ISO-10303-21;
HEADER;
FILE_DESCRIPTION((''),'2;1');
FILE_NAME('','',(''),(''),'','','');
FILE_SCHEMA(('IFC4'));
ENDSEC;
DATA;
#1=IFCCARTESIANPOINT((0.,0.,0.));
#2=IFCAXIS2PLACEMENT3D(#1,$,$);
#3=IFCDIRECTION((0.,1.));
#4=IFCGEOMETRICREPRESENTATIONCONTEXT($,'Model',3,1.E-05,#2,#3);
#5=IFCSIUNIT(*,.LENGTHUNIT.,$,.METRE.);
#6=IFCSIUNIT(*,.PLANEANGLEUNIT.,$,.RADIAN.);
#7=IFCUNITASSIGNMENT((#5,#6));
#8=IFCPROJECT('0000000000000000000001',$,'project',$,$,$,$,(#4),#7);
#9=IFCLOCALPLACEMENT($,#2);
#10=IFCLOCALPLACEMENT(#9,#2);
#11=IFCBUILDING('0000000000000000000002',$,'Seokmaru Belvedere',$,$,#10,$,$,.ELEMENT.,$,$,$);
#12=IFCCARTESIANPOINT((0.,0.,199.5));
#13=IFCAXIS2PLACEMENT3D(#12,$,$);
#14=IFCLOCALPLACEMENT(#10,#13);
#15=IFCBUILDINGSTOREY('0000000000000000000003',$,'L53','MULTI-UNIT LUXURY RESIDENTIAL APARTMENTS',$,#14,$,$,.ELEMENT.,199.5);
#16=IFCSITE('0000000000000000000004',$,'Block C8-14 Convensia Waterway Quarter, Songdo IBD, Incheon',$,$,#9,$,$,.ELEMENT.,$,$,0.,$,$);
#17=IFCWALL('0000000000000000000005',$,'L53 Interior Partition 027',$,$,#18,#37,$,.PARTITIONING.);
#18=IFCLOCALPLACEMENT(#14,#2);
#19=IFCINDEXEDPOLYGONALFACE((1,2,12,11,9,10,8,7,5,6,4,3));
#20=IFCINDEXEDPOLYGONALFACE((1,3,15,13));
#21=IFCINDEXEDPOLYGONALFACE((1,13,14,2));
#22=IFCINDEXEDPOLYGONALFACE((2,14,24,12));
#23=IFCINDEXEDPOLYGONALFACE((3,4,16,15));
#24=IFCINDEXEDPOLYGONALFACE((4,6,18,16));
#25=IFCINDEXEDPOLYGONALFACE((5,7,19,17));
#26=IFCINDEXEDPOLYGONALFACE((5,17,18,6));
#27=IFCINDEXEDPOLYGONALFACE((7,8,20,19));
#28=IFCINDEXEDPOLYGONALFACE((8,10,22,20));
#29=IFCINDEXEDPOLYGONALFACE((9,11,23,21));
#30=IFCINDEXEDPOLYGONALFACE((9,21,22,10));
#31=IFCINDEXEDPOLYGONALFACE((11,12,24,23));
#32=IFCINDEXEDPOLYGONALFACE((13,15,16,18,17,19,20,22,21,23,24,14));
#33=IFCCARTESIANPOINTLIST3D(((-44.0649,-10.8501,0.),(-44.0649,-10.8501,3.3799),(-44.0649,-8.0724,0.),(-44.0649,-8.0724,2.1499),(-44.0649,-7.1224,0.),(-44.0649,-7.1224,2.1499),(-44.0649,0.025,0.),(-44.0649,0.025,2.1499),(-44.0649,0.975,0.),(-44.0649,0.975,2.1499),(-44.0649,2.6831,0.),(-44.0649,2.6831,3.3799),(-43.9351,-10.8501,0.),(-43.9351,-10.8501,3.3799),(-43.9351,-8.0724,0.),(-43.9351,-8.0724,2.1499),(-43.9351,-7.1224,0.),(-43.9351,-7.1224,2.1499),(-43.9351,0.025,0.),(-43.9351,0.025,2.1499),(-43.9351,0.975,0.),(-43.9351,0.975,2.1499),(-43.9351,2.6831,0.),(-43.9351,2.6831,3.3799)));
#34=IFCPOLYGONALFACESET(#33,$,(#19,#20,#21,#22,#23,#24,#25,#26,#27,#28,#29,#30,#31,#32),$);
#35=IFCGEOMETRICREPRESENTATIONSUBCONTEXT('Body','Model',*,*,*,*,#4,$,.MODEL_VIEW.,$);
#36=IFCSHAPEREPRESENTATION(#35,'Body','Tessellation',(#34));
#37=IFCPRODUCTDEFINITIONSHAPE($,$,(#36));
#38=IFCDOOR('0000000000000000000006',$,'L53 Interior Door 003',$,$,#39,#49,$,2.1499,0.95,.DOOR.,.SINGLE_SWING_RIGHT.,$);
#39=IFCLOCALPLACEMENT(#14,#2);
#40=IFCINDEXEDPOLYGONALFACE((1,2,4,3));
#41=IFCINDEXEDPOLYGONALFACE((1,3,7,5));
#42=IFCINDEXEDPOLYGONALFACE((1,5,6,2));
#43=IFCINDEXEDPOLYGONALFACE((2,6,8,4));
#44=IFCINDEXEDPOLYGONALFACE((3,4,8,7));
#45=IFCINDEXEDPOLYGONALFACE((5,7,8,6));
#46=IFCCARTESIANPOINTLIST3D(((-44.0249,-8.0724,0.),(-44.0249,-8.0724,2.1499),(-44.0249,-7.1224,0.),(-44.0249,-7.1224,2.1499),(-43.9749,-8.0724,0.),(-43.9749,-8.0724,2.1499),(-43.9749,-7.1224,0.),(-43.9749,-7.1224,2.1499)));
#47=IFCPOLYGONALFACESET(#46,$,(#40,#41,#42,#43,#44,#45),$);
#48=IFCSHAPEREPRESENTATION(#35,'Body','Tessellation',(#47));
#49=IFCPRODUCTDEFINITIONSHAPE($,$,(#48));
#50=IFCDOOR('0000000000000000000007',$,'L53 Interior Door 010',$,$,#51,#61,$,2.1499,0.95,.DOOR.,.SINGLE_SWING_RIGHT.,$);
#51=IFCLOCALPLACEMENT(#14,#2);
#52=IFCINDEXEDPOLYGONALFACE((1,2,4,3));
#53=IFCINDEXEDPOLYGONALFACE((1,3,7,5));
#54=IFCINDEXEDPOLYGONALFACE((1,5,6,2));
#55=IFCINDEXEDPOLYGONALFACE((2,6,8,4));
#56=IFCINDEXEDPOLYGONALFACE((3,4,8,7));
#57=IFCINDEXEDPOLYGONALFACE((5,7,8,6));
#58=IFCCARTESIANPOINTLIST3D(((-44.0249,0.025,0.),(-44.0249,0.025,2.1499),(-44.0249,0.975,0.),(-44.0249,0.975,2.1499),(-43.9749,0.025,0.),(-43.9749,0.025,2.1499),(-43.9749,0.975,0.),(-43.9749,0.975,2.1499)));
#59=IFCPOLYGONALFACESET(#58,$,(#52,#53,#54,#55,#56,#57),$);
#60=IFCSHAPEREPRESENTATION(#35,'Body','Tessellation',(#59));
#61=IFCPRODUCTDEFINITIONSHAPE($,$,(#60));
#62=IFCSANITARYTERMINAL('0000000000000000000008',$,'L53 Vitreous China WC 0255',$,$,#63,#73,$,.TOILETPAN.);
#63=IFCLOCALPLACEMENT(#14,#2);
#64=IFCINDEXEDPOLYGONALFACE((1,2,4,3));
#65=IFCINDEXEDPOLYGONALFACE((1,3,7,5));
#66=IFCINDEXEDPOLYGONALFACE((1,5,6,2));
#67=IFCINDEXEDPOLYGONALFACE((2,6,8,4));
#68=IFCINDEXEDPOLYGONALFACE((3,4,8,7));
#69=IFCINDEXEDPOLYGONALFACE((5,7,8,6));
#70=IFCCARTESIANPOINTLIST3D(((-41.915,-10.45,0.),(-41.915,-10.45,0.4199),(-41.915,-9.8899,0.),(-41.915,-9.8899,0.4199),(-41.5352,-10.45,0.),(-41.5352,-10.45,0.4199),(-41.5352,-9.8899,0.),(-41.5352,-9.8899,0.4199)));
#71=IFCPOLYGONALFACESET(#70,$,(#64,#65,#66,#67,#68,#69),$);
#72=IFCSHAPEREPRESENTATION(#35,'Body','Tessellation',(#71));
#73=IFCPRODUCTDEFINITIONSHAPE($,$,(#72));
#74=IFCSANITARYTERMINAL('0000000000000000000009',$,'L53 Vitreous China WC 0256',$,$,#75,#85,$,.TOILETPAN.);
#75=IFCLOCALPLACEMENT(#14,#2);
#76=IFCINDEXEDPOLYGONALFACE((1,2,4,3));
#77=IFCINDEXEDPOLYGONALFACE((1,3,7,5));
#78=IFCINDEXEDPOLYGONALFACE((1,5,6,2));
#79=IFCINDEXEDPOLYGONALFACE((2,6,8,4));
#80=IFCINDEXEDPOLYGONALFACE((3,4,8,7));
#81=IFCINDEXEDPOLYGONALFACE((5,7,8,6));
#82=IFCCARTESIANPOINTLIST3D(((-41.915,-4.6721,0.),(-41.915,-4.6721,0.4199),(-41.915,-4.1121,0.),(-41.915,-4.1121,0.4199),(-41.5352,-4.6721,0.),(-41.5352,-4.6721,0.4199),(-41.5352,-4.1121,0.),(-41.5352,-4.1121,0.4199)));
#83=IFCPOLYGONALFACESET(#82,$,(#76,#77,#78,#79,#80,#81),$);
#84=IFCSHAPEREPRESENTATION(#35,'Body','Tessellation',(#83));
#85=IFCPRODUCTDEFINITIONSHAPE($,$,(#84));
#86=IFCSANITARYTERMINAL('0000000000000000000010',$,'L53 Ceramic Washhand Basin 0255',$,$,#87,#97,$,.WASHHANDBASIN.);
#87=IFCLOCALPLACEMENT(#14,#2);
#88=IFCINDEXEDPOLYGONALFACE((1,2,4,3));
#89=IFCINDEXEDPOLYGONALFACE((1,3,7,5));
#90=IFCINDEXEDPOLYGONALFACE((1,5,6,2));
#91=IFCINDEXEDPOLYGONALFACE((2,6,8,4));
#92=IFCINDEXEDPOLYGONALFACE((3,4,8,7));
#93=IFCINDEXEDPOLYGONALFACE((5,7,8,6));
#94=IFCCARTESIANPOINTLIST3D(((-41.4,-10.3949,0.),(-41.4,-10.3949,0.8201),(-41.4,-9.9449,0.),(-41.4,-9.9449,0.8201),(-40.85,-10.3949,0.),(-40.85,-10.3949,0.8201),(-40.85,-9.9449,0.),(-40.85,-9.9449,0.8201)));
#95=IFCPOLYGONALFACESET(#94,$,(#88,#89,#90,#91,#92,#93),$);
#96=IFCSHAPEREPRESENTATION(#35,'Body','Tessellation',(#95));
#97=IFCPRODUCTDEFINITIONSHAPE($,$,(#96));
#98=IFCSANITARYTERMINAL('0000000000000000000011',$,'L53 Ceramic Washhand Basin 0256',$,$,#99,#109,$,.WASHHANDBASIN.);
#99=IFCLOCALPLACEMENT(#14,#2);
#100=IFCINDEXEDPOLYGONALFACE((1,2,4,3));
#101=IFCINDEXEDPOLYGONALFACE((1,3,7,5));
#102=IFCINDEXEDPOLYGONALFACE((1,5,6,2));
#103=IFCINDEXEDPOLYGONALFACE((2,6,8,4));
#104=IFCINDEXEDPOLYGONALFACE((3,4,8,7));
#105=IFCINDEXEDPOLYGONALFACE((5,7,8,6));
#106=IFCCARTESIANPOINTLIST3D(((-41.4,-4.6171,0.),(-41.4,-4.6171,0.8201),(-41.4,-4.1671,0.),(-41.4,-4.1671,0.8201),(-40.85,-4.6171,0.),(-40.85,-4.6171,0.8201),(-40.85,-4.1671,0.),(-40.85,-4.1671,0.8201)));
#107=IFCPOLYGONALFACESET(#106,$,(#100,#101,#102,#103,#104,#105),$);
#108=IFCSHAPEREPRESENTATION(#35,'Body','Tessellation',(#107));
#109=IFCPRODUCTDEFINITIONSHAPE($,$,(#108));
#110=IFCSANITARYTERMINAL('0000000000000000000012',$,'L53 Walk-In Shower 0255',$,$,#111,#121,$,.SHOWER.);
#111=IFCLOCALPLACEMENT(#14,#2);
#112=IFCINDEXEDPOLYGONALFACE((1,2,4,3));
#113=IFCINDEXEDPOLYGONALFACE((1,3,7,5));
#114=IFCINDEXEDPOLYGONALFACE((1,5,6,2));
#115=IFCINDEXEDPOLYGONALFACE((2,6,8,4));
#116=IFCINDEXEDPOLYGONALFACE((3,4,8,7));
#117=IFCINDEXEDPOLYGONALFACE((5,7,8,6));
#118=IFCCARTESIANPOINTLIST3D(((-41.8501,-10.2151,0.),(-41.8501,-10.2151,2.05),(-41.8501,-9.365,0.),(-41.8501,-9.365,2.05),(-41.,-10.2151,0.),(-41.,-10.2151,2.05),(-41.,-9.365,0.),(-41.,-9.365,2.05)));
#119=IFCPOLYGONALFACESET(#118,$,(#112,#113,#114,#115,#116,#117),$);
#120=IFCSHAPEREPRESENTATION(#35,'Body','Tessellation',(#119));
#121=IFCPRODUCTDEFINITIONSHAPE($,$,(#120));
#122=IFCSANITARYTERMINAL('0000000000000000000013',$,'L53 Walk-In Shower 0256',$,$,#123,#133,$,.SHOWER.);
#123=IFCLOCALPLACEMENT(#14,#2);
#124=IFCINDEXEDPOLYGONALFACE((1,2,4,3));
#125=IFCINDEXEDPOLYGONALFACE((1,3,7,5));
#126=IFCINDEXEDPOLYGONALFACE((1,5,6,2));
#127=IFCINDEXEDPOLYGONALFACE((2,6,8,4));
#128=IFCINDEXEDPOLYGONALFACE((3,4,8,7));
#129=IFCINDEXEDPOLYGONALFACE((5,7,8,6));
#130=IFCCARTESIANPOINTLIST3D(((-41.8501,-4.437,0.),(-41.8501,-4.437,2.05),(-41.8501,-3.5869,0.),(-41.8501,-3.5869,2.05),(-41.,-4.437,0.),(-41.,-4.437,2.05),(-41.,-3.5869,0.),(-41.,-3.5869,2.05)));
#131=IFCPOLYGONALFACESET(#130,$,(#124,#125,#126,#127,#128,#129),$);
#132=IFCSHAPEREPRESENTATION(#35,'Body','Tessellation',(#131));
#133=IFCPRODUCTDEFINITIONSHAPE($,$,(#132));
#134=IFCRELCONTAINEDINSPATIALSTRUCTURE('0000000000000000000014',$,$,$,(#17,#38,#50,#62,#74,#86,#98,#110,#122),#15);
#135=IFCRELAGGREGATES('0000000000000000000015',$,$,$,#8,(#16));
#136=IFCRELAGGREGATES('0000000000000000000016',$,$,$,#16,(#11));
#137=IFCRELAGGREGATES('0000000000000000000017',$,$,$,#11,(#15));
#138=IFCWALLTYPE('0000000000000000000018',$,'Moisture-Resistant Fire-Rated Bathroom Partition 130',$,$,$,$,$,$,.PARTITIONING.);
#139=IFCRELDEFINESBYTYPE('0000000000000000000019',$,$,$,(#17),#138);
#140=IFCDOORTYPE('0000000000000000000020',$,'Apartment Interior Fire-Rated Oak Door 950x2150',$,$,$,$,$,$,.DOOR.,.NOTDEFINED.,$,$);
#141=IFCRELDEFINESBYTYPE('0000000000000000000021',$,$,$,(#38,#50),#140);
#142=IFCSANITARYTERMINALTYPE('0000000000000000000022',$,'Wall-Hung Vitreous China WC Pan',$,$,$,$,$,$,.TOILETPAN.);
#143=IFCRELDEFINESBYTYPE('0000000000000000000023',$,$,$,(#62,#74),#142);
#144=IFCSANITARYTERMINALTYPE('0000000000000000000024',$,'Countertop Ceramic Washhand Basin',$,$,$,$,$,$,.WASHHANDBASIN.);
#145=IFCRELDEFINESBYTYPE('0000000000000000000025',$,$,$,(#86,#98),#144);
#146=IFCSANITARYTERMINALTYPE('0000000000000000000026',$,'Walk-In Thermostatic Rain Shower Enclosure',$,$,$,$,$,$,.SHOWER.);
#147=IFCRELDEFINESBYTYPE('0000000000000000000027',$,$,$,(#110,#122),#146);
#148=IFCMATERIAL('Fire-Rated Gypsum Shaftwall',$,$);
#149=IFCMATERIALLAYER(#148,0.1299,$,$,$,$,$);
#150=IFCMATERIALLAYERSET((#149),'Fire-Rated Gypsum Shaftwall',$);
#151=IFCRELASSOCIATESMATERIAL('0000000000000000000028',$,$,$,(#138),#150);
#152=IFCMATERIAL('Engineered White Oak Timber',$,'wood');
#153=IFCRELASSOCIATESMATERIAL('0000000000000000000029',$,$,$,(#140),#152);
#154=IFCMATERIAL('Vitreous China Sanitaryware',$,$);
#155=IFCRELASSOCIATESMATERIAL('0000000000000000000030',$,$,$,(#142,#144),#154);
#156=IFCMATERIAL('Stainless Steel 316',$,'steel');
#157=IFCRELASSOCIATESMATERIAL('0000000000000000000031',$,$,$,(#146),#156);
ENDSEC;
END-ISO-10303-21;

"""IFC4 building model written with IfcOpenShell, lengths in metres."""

from ifc_helpers import new_model, si_unit, direction, frame, frame_2d, origin, origin_2d, place, context, subcontext, project, spatial, rectangle, extrude, source, transform, mapped, material, layer, layer_set, type_object, type_shapes, element, fill, save


model = new_model("IFC4")

# Units and contexts
model_context = context("Model", 3, precision=1e-05, world=origin(), true_north=direction((0.0, 1.0)))
body_context = subcontext(model_context, "Body", "Model", "MODEL_VIEW")
ifc_project = project(units=[si_unit("LENGTHUNIT", "METRE"), si_unit("PLANEANGLEUNIT", "RADIAN")], contexts=[model_context])

# Site, building, storey
site_placement = place(None, origin())
site = spatial("IfcSite", under=ifc_project, at=site_placement, Name="Block C8-14 Convensia Waterway Quarter, Songdo IBD, Incheon", CompositionType="ELEMENT", RefElevation=0.0)
building_placement = place(site_placement, origin())
building = spatial("IfcBuilding", under=site, at=building_placement, Name="Seokmaru Belvedere", CompositionType="ELEMENT")
storey_placement = place(building_placement, frame((0.0, 0.0, 199.5)))
storey = spatial("IfcBuildingStorey", under=building, at=storey_placement, Name="L53", Description="MULTI-UNIT LUXURY RESIDENTIAL APARTMENTS", CompositionType="ELEMENT", Elevation=199.5)

# Shared definitions
ifc_material_1 = material(Name="Fire-Rated Gypsum Shaftwall")
ifc_layer = layer(ifc_material_1, 0.1299)
ifc_layer_set = layer_set([ifc_layer], Name="Fire-Rated Gypsum Shaftwall")
wall_type = type_object("IfcWallType", Name="Moisture-Resistant Fire-Rated Bathroom Partition 130", PredefinedType="PARTITIONING", material=ifc_layer_set)

# Shared definitions
ifc_material_2 = material(Name="Engineered White Oak Timber", Category="wood")

# Wall, openings, doors
wall_1_placement = place(storey_placement, frame((-44.0, -10.8501, 0.0), z_axis=(0.0, 0.0, 1.0), x_axis=(0.0, 1.0, 0.0)))
wall_1 = element("IfcWall", 1, at=wall_1_placement, inside=storey, type_object=wall_type, Name="L53 Interior Partition 027", PredefinedType="PARTITIONING", context=body_context, shape_type="SweptSolid", body=[
    extrude(rectangle(XDim=13.5332, YDim=0.1299, at=frame_2d((6.7666, 0.0))), origin(), (0.0, 0.0, 1.0), 3.3799),
])
opening_1_placement = place(wall_1_placement, frame((2.7776, 0.0, 0.0)))
opening_1 = element("IfcOpeningElement", 2, at=opening_1_placement, cuts=wall_1, PredefinedType="OPENING", context=body_context, shape_type="SweptSolid", body=[
    extrude(rectangle(XDim=0.95, YDim=2.1499, at=frame_2d((0.4751, 1.075))), frame((0.0, 0.075, 0.0), z_axis=(0.0, -1.0, 0.0), x_axis=(1.0, 0.0, 0.0)), (0.0, 0.0, 1.0), 0.1499),
])
opening_2_placement = place(wall_1_placement, frame((10.875, 0.0, 0.0)))
opening_2 = element("IfcOpeningElement", 3, at=opening_2_placement, cuts=wall_1, PredefinedType="OPENING", context=body_context, shape_type="SweptSolid", body=[
    extrude(rectangle(XDim=0.95, YDim=2.1499, at=frame_2d((0.4751, 1.075))), frame((0.0, 0.075, 0.0), z_axis=(0.0, -1.0, 0.0), x_axis=(1.0, 0.0, 0.0)), (0.0, 0.0, 1.0), 0.1499),
])
door_type_1 = type_object("IfcDoorType", Name="Apartment Interior Fire-Rated Oak Door 950x2150", OperationType="NOTDEFINED", PredefinedType="DOOR", material=ifc_material_2)
shared_shape_1 = source(origin(), body_context, "Body", "SweptSolid", [
    extrude(rectangle(XDim=0.95, YDim=2.1499, at=frame_2d((0.4751, 1.075))), frame((0.0, 0.0249, 0.0), z_axis=(0.0, -1.0, 0.0), x_axis=(1.0, 0.0, 0.0)), (0.0, 0.0, 1.0), 0.05),
])
type_shapes(door_type_1, [shared_shape_1])
door_1_placement = place(opening_1_placement, origin())
door_1 = element("IfcDoor", 4, at=door_1_placement, inside=storey, type_object=door_type_1, Name="L53 Interior Door 003", OperationType="SINGLE_SWING_RIGHT", OverallHeight=2.1499, OverallWidth=0.95, PredefinedType="DOOR", context=body_context, shape_type="MappedRepresentation", body=[
    mapped(shared_shape_1, transform((0.0, 0.0, 0.0), scale=1.0)),
])
fill(opening_1, door_1)
door_2_placement = place(opening_2_placement, origin())
door_2 = element("IfcDoor", 5, at=door_2_placement, inside=storey, type_object=door_type_1, Name="L53 Interior Door 010", OperationType="SINGLE_SWING_RIGHT", OverallHeight=2.1499, OverallWidth=0.95, PredefinedType="DOOR", context=body_context, shape_type="MappedRepresentation", body=[
    mapped(shared_shape_1, transform((0.0, 0.0, 0.0), scale=1.0)),
])
fill(opening_2, door_2)

# Sanitary terminals
ifc_material_3 = material(Name="Vitreous China Sanitaryware")
sanitary_terminal_type_1 = type_object("IfcSanitaryTerminalType", Name="Wall-Hung Vitreous China WC Pan", PredefinedType="TOILETPAN", material=ifc_material_3)
shared_shape_2 = source(origin(), body_context, "Body", "SweptSolid", [
    extrude(rectangle(XDim=0.3799, YDim=0.5601, at=origin_2d()), origin(), (0.0, 0.0, 1.0), 0.4199),
])
type_shapes(sanitary_terminal_type_1, [shared_shape_2])
for number, where, z_axis, x_axis, name in (
    (6, (-41.7251, -10.1699, 0.0), (0.0, 0.0, 1.0), (1.0, 0.0, 0.0), "L53 Vitreous China WC 0255"),
    (7, (-41.7251, -4.3921, 0.0), (0.0, 0.0, 1.0), (1.0, 0.0, 0.0), "L53 Vitreous China WC 0256"),
):
    element("IfcSanitaryTerminal", number, at=place(storey_placement, frame(where, z_axis=z_axis, x_axis=x_axis)), inside=storey, type_object=sanitary_terminal_type_1, Name=name, PredefinedType="TOILETPAN", context=body_context, shape_type="MappedRepresentation", body=[
        mapped(shared_shape_2, transform((0.0, 0.0, 0.0), scale=1.0)),
    ])
sanitary_terminal_type_2 = type_object("IfcSanitaryTerminalType", Name="Countertop Ceramic Washhand Basin", PredefinedType="WASHHANDBASIN", material=ifc_material_3)
shared_shape_3 = source(origin(), body_context, "Body", "SweptSolid", [
    extrude(rectangle(XDim=0.55, YDim=0.45, at=origin_2d()), origin(), (0.0, 0.0, 1.0), 0.8201),
])
type_shapes(sanitary_terminal_type_2, [shared_shape_3])
for number, where, z_axis, x_axis, name in (
    (8, (-41.125, -10.1699, 0.0), (0.0, 0.0, 1.0), (1.0, 0.0, 0.0), "L53 Ceramic Washhand Basin 0255"),
    (9, (-41.125, -4.3921, 0.0), (0.0, 0.0, 1.0), (1.0, 0.0, 0.0), "L53 Ceramic Washhand Basin 0256"),
):
    element("IfcSanitaryTerminal", number, at=place(storey_placement, frame(where, z_axis=z_axis, x_axis=x_axis)), inside=storey, type_object=sanitary_terminal_type_2, Name=name, PredefinedType="WASHHANDBASIN", context=body_context, shape_type="MappedRepresentation", body=[
        mapped(shared_shape_3, transform((0.0, 0.0, 0.0), scale=1.0)),
    ])
ifc_material_4 = material(Name="Stainless Steel 316", Category="steel")
sanitary_terminal_type_3 = type_object("IfcSanitaryTerminalType", Name="Walk-In Thermostatic Rain Shower Enclosure", PredefinedType="SHOWER", material=ifc_material_4)
shared_shape_4 = source(origin(), body_context, "Body", "SweptSolid", [
    extrude(rectangle(XDim=0.8501, YDim=0.8501, at=origin_2d()), origin(), (0.0, 0.0, 1.0), 2.05),
])
type_shapes(sanitary_terminal_type_3, [shared_shape_4])
for number, where, z_axis, x_axis, name in (
    (10, (-41.425, -9.79, 0.0), (0.0, 0.0, 1.0), (1.0, 0.0, 0.0), "L53 Walk-In Shower 0255"),
    (11, (-41.425, -4.012, 0.0), (0.0, 0.0, 1.0), (1.0, 0.0, 0.0), "L53 Walk-In Shower 0256"),
):
    element("IfcSanitaryTerminal", number, at=place(storey_placement, frame(where, z_axis=z_axis, x_axis=x_axis)), inside=storey, type_object=sanitary_terminal_type_3, Name=name, PredefinedType="SHOWER", context=body_context, shape_type="MappedRepresentation", body=[
        mapped(shared_shape_4, transform((0.0, 0.0, 0.0), scale=1.0)),
    ])

save(model, "model.ifc")
